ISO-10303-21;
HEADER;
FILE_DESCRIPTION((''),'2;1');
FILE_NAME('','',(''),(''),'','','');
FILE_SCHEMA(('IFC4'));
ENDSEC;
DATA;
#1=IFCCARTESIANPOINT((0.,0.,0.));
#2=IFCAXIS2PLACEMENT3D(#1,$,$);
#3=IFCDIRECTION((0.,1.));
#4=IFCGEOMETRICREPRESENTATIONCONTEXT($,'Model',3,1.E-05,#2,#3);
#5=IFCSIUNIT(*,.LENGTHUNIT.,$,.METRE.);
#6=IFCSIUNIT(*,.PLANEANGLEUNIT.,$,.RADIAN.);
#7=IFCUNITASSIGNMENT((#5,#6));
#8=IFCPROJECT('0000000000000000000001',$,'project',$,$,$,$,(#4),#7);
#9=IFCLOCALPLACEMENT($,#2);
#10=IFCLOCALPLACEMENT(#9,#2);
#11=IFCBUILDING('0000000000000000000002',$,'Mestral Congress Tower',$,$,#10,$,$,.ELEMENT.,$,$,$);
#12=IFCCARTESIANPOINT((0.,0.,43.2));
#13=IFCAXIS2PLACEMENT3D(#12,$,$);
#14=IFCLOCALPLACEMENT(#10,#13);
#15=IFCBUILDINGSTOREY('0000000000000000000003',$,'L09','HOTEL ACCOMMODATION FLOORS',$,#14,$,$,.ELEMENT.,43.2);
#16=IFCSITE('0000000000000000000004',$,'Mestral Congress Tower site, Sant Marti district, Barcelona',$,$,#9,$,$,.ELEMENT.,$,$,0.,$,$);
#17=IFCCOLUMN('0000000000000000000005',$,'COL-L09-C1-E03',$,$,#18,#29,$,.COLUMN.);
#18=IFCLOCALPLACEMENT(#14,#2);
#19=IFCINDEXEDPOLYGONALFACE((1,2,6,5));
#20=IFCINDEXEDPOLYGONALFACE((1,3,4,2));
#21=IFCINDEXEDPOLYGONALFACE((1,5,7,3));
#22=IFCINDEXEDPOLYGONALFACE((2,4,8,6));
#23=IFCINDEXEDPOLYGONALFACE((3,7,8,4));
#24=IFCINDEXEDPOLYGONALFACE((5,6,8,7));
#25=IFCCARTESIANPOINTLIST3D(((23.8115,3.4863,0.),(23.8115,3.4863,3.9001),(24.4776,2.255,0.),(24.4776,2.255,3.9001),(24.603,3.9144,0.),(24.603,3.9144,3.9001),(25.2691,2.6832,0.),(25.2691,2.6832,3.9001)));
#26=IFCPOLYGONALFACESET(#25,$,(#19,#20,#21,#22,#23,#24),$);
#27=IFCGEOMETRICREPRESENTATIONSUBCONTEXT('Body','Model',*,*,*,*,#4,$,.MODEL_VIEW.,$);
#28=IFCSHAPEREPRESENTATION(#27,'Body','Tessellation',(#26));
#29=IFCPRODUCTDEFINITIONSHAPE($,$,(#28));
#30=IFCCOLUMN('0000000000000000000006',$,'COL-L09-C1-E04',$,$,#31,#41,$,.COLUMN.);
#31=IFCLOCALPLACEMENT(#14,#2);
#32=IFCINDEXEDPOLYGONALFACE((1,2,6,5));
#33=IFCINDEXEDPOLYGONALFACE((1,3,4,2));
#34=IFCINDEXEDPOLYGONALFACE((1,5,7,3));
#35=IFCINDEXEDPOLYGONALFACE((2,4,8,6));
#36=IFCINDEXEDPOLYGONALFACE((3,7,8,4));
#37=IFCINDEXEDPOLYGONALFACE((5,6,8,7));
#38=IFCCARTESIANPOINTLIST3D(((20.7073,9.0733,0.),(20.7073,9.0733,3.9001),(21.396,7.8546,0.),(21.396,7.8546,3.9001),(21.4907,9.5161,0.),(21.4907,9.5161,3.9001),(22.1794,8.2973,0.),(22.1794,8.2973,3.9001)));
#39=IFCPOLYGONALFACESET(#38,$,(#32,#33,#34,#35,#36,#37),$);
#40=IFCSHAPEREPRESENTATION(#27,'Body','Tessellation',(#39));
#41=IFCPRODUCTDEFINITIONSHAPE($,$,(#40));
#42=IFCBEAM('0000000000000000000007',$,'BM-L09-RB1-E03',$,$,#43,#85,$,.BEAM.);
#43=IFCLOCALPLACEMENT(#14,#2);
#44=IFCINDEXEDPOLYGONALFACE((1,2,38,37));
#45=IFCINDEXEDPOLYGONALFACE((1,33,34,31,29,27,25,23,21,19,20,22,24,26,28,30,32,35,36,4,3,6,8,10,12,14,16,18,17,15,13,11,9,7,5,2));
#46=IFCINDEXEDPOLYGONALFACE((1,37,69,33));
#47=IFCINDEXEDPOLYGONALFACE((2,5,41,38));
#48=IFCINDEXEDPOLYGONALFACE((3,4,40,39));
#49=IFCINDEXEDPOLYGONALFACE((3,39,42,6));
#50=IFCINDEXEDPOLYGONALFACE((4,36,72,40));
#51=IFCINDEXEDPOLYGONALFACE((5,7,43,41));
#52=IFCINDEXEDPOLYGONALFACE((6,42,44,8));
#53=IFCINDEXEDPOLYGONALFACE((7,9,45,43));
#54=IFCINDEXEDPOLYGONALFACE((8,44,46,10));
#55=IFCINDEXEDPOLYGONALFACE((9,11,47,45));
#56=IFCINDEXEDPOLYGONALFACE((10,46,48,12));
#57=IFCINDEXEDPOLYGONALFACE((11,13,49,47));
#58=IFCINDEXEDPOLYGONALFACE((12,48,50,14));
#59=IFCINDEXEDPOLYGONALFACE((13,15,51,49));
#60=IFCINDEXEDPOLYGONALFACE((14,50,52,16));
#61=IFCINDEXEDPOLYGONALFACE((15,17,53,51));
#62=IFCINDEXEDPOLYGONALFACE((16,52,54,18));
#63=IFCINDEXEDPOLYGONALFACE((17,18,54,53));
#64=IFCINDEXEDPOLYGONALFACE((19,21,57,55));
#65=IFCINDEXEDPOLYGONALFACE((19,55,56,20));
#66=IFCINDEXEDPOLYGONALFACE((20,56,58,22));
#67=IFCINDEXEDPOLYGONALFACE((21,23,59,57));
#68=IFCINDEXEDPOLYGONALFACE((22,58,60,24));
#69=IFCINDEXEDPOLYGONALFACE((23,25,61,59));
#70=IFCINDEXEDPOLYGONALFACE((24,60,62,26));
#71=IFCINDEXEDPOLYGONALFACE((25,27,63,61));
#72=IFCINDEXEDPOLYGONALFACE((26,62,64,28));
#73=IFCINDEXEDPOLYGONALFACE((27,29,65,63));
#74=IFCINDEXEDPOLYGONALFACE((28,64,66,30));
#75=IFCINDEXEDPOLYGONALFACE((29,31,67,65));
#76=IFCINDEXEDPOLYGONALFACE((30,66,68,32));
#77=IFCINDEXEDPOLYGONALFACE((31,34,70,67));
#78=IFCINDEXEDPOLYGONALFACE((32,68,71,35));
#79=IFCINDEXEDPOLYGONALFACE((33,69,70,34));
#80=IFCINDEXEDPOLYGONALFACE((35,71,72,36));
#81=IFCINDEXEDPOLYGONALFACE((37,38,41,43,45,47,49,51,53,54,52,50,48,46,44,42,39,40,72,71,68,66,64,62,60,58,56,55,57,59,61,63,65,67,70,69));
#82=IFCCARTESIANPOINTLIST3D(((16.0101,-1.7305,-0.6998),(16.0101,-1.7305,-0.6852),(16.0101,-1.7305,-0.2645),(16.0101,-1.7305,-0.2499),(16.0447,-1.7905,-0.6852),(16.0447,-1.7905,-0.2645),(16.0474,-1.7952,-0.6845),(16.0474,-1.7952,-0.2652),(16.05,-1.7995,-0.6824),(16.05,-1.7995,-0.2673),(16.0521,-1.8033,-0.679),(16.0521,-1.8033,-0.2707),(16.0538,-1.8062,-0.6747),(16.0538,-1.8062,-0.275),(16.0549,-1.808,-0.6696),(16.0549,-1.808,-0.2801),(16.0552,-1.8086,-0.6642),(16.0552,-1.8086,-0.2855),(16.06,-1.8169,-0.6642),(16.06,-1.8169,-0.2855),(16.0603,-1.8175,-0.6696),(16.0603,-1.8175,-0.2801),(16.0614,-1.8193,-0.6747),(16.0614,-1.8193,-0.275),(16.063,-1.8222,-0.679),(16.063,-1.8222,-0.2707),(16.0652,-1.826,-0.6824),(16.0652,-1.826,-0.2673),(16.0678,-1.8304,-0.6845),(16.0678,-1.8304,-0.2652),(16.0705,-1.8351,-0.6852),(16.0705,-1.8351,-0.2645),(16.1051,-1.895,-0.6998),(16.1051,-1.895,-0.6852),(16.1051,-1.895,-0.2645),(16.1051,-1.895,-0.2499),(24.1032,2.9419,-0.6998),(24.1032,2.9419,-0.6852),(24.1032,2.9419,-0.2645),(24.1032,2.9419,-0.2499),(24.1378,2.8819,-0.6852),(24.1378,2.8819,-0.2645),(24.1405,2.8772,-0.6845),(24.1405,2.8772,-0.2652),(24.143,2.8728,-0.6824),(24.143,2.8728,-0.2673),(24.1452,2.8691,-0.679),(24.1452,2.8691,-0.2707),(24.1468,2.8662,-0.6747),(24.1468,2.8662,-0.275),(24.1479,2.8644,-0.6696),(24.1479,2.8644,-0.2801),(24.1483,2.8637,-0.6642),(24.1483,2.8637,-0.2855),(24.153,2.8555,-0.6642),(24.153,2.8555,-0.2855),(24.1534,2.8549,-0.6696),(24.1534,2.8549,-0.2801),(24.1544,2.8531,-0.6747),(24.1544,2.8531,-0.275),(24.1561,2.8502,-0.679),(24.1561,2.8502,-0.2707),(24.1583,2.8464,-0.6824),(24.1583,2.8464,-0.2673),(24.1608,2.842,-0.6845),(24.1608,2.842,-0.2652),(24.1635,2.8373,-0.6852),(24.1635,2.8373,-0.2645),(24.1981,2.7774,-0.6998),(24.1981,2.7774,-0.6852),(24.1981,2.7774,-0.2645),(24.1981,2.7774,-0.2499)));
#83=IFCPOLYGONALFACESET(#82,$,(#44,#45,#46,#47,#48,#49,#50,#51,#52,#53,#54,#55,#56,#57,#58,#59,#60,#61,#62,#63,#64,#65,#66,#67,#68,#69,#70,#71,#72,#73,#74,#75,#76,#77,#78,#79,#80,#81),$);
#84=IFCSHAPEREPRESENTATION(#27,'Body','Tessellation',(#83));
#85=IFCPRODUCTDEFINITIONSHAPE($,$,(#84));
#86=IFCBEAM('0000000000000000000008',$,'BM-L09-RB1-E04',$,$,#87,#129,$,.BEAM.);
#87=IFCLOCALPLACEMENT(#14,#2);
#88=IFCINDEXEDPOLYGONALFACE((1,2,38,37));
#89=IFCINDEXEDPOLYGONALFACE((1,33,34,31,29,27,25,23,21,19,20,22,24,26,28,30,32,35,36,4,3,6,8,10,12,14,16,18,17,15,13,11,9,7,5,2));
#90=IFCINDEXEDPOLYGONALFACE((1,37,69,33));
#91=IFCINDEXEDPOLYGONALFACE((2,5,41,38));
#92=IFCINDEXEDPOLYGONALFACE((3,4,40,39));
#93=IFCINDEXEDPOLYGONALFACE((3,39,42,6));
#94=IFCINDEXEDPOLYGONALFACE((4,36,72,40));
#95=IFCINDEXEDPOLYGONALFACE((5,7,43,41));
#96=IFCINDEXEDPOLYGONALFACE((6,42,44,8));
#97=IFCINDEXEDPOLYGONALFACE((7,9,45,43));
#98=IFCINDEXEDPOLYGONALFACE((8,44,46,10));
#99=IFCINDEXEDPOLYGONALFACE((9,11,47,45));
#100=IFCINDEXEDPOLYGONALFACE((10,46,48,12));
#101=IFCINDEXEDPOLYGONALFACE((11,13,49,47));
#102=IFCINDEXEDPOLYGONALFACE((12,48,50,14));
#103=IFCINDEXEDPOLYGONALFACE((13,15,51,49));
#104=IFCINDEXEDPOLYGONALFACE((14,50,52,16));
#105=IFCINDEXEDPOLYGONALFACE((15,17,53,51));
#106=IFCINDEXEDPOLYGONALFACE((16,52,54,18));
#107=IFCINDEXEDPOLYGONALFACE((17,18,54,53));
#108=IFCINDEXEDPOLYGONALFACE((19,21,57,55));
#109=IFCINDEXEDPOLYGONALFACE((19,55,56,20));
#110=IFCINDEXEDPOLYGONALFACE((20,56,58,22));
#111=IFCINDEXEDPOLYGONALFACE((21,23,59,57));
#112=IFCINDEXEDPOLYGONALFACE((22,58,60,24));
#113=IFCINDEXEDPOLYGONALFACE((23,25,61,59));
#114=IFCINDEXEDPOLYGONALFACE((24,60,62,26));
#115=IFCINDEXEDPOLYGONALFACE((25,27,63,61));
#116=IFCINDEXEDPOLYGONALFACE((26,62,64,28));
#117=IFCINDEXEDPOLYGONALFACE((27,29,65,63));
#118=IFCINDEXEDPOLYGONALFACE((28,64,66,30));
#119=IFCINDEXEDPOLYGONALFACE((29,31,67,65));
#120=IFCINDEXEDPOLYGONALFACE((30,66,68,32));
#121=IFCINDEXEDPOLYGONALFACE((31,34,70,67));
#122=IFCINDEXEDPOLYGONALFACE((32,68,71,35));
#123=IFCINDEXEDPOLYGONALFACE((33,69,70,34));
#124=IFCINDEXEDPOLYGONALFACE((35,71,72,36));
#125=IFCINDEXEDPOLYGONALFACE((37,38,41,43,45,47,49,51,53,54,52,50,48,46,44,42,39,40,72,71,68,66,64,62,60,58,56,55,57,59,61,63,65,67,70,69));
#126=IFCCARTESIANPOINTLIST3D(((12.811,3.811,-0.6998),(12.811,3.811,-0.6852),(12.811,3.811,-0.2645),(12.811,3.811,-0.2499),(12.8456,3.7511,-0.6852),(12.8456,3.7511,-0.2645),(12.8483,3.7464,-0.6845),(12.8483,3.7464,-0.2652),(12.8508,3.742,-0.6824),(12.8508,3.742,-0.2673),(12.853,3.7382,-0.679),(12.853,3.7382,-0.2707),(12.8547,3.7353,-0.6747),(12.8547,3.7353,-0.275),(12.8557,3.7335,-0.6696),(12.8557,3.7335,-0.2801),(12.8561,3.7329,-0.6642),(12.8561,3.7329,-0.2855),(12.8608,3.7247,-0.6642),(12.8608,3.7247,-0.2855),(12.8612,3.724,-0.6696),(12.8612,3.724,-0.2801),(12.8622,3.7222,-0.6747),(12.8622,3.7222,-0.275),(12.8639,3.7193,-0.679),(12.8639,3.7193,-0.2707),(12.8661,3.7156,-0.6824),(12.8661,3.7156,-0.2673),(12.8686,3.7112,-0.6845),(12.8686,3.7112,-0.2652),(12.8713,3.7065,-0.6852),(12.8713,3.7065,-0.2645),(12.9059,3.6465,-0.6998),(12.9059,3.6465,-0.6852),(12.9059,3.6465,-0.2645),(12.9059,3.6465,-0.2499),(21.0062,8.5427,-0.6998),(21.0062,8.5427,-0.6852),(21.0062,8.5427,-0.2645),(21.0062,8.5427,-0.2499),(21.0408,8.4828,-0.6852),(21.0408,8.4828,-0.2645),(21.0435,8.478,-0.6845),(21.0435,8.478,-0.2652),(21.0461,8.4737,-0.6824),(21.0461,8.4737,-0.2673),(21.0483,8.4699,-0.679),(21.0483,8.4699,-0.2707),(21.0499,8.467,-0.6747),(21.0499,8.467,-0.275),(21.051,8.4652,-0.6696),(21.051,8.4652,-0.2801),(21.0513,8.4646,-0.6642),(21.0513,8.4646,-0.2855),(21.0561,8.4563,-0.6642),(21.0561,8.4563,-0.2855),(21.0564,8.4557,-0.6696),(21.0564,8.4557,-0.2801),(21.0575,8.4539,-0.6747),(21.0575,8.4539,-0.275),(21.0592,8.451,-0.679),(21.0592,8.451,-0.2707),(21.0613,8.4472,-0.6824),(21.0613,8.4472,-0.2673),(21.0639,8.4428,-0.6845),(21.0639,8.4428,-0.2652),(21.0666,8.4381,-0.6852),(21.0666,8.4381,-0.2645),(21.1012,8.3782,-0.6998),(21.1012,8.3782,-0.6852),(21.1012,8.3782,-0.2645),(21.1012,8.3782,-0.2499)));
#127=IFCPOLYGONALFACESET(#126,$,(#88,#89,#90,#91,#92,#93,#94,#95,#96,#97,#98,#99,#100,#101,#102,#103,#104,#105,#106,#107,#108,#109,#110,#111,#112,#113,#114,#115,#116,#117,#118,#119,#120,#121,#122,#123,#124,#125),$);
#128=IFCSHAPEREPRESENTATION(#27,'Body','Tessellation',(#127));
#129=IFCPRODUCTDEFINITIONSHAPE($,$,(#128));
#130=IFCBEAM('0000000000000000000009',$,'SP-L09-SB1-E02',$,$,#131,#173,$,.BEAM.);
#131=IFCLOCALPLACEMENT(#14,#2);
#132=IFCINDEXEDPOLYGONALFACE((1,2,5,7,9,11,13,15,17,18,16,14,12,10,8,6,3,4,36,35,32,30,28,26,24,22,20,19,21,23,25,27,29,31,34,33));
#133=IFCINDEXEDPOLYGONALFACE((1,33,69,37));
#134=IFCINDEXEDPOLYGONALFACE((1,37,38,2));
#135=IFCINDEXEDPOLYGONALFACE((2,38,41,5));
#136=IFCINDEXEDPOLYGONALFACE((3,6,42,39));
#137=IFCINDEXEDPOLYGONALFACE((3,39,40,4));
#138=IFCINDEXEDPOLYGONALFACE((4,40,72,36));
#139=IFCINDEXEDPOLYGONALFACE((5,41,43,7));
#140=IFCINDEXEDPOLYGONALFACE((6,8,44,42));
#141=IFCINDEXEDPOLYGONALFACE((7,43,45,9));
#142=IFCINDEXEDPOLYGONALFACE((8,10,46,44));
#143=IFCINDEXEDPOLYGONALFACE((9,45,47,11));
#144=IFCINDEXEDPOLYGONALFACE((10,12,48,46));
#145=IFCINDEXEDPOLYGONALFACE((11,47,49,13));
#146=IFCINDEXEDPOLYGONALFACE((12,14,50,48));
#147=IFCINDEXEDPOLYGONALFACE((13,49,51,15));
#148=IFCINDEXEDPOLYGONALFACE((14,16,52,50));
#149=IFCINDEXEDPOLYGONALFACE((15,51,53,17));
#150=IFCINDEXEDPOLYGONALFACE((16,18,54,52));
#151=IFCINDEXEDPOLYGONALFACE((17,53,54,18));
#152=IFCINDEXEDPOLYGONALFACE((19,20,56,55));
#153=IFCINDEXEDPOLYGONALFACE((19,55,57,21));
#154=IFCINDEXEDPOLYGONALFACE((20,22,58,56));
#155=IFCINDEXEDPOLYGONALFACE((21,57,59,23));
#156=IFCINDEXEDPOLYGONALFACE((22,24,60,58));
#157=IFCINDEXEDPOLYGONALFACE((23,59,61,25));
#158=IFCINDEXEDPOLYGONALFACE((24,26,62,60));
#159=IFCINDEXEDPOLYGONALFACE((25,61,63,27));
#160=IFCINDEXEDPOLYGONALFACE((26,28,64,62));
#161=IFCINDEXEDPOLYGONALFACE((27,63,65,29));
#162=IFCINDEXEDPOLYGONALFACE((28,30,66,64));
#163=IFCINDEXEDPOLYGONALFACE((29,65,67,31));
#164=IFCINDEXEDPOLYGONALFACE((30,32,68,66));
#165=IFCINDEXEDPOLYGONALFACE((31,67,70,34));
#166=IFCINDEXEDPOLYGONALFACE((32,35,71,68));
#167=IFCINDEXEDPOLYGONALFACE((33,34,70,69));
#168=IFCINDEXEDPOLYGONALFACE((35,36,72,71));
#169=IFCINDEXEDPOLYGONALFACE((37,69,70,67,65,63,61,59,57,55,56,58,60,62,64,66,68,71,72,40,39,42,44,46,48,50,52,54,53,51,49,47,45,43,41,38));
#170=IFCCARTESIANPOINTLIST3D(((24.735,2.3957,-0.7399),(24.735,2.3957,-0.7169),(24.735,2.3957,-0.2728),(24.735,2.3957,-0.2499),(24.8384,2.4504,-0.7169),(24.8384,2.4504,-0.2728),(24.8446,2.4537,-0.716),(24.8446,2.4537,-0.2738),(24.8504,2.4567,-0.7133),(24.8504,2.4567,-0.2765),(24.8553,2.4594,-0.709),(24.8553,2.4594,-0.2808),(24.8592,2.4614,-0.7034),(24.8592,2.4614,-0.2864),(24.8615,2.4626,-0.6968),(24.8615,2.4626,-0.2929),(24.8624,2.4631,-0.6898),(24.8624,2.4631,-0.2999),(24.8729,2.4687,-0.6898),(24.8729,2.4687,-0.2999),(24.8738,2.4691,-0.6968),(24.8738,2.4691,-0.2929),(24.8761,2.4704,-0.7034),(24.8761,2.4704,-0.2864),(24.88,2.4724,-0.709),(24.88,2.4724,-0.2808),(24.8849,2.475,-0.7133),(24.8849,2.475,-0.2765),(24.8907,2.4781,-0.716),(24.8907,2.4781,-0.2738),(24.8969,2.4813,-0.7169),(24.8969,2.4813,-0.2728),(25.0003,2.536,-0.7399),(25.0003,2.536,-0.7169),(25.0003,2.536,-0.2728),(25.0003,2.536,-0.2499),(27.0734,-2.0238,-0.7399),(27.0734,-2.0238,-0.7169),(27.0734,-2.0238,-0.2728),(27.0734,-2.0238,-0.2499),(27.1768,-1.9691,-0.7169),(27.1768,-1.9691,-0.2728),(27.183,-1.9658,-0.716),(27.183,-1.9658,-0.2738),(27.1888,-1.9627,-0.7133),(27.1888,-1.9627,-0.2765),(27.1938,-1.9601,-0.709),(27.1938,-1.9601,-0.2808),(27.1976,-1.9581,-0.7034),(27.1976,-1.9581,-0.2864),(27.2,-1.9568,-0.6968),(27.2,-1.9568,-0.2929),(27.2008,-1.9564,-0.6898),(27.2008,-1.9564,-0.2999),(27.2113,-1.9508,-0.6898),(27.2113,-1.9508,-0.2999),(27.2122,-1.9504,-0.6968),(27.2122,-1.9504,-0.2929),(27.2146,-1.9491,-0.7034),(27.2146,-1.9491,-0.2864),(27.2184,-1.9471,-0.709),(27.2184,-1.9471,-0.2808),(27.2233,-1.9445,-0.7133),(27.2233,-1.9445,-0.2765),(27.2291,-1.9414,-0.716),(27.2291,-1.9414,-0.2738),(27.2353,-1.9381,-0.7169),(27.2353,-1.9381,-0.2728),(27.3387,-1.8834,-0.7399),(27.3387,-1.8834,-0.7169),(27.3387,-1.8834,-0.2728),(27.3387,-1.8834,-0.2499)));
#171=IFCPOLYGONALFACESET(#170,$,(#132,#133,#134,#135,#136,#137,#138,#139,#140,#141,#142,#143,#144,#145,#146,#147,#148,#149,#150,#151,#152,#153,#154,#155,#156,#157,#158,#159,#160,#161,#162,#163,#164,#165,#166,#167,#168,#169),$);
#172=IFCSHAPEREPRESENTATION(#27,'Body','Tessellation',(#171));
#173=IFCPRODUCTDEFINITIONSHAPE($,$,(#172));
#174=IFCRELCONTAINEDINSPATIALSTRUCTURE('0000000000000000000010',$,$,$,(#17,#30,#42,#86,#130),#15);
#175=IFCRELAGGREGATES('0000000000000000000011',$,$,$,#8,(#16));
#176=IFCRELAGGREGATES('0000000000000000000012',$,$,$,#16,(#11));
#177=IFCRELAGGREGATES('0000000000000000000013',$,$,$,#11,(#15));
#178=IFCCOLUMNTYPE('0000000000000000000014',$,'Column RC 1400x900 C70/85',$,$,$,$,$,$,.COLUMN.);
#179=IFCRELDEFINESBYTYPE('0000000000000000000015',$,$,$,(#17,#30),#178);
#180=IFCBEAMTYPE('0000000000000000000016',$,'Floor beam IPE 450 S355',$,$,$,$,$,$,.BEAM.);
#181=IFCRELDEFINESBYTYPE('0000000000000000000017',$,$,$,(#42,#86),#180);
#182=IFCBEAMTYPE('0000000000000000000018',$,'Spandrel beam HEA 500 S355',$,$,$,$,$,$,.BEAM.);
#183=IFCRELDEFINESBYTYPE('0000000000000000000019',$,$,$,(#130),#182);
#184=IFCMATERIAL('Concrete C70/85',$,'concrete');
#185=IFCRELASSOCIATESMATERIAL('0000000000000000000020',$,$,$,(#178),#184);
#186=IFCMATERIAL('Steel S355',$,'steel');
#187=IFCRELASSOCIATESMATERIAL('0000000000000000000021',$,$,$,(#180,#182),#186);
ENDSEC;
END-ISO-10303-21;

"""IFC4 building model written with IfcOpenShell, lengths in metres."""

from ifc_helpers import new_model, si_unit, direction, frame, origin, origin_2d, place, context, subcontext, project, spatial, rectangle, i_section, extrude, material, material_profile, profile_set, type_object, element, save


model = new_model("IFC4")

# Units and contexts
model_context = context("Model", 3, precision=1e-05, world=origin(), true_north=direction((0.0, 1.0)))
body_context = subcontext(model_context, "Body", "Model", "MODEL_VIEW")
ifc_project = project(units=[si_unit("LENGTHUNIT", "METRE"), si_unit("PLANEANGLEUNIT", "RADIAN")], contexts=[model_context])

# Site, building, storey
site_placement = place(None, origin())
site = spatial("IfcSite", under=ifc_project, at=site_placement, Name="Mestral Congress Tower site, Sant Marti district, Barcelona", CompositionType="ELEMENT", RefElevation=0.0)
building_placement = place(site_placement, origin())
building = spatial("IfcBuilding", under=site, at=building_placement, Name="Mestral Congress Tower", CompositionType="ELEMENT")
storey_placement = place(building_placement, frame((0.0, 0.0, 43.2)))
storey = spatial("IfcBuildingStorey", under=building, at=storey_placement, Name="L09", Description="HOTEL ACCOMMODATION FLOORS", CompositionType="ELEMENT", Elevation=43.2)

# Columns
ifc_material_1 = material(Name="Concrete C70/85", Category="concrete")
ifc_material_profile_1 = material_profile(ifc_material_1, rectangle(XDim=1.3999, YDim=0.8999, at=origin_2d()), Name="RC 1400x900")
ifc_profile_set_1 = profile_set([ifc_material_profile_1], Name="Concrete C70/85")
column_type = type_object("IfcColumnType", Name="Column RC 1400x900 C70/85", PredefinedType="COLUMN", material=ifc_profile_set_1)
for number, where, z_axis, x_axis, name in (
    (1, (24.5403, 3.0847, 0.0), (0.0, 0.0, 1.0), (-0.475796, 0.879556, 0.0), "COL-L09-C1-E03"),
    (2, (21.4434, 8.6853, 0.0), (0.0, 0.0, 1.0), (-0.491974, 0.87061, 0.0), "COL-L09-C1-E04"),
):
    element("IfcColumn", number, at=place(storey_placement, frame(where, z_axis=z_axis, x_axis=x_axis)), inside=storey, type_object=column_type, Name=name, PredefinedType="COLUMN", context=body_context, shape_type="SweptSolid", body=[
        extrude(rectangle(XDim=1.3999, YDim=0.8999, at=origin_2d()), origin(), (0.0, 0.0, 1.0), 3.9001),
    ])

# Beams
ifc_material_2 = material(Name="Steel S355", Category="steel")
ifc_material_profile_2 = material_profile(ifc_material_2, i_section(OverallWidth=0.1899, OverallDepth=0.45, WebThickness=0.0095, FlangeThickness=0.0146, FilletRadius=0.021, at=origin_2d()), Name="IPE 450")
ifc_profile_set_2 = profile_set([ifc_material_profile_2], Name="Steel S355")
beam_type_1 = type_object("IfcBeamType", Name="Floor beam IPE 450 S355", PredefinedType="BEAM", material=ifc_profile_set_2)
beam_1_placement = place(storey_placement, frame((24.1506, 2.8596, -0.4749), z_axis=(-0.866032, -0.499989, 0.0), x_axis=(0.499989, -0.866032, 0.0)))
element("IfcBeam", 3, at=beam_1_placement, inside=storey, type_object=beam_type_1, Name="BM-L09-RB1-E03", PredefinedType="BEAM", context=body_context, shape_type="SweptSolid", body=[
    extrude(i_section(OverallWidth=0.1899, OverallDepth=0.45, WebThickness=0.0095, FlangeThickness=0.0146, FilletRadius=0.021, at=origin_2d()), origin(), (0.0, 0.0, 1.0), 9.345),
])
beam_2_placement = place(storey_placement, frame((21.0537, 8.4604, -0.4749), z_axis=(-0.86602, -0.50001, 0.0), x_axis=(0.50001, -0.86602, 0.0)))
element("IfcBeam", 4, at=beam_2_placement, inside=storey, type_object=beam_type_1, Name="BM-L09-RB1-E04", PredefinedType="BEAM", context=body_context, shape_type="SweptSolid", body=[
    extrude(i_section(OverallWidth=0.1899, OverallDepth=0.45, WebThickness=0.0095, FlangeThickness=0.0146, FilletRadius=0.021, at=origin_2d()), origin(), (0.0, 0.0, 1.0), 9.4631),
])
ifc_material_profile_3 = material_profile(ifc_material_2, i_section(OverallWidth=0.3, OverallDepth=0.49, WebThickness=0.012, FlangeThickness=0.0229, FilletRadius=0.0271, at=origin_2d()), Name="HEA 500")
ifc_profile_set_3 = profile_set([ifc_material_profile_3], Name="Steel S355")
beam_type_2 = type_object("IfcBeamType", Name="Spandrel beam HEA 500 S355", PredefinedType="BEAM", material=ifc_profile_set_3)
beam_3_placement = place(storey_placement, frame((27.2061, -1.9536, -0.4949), z_axis=(-0.467681, 0.883897, 0.0), x_axis=(-0.883897, -0.467681, 0.0)))
element("IfcBeam", 5, at=beam_3_placement, inside=storey, type_object=beam_type_2, Name="SP-L09-SB1-E02", PredefinedType="BEAM", context=body_context, shape_type="SweptSolid", body=[
    extrude(i_section(OverallWidth=0.3, OverallDepth=0.49, WebThickness=0.012, FlangeThickness=0.0229, FilletRadius=0.0271, at=origin_2d()), origin(), (0.0, 0.0, 1.0), 5.0),
])

save(model, "model.ifc")
